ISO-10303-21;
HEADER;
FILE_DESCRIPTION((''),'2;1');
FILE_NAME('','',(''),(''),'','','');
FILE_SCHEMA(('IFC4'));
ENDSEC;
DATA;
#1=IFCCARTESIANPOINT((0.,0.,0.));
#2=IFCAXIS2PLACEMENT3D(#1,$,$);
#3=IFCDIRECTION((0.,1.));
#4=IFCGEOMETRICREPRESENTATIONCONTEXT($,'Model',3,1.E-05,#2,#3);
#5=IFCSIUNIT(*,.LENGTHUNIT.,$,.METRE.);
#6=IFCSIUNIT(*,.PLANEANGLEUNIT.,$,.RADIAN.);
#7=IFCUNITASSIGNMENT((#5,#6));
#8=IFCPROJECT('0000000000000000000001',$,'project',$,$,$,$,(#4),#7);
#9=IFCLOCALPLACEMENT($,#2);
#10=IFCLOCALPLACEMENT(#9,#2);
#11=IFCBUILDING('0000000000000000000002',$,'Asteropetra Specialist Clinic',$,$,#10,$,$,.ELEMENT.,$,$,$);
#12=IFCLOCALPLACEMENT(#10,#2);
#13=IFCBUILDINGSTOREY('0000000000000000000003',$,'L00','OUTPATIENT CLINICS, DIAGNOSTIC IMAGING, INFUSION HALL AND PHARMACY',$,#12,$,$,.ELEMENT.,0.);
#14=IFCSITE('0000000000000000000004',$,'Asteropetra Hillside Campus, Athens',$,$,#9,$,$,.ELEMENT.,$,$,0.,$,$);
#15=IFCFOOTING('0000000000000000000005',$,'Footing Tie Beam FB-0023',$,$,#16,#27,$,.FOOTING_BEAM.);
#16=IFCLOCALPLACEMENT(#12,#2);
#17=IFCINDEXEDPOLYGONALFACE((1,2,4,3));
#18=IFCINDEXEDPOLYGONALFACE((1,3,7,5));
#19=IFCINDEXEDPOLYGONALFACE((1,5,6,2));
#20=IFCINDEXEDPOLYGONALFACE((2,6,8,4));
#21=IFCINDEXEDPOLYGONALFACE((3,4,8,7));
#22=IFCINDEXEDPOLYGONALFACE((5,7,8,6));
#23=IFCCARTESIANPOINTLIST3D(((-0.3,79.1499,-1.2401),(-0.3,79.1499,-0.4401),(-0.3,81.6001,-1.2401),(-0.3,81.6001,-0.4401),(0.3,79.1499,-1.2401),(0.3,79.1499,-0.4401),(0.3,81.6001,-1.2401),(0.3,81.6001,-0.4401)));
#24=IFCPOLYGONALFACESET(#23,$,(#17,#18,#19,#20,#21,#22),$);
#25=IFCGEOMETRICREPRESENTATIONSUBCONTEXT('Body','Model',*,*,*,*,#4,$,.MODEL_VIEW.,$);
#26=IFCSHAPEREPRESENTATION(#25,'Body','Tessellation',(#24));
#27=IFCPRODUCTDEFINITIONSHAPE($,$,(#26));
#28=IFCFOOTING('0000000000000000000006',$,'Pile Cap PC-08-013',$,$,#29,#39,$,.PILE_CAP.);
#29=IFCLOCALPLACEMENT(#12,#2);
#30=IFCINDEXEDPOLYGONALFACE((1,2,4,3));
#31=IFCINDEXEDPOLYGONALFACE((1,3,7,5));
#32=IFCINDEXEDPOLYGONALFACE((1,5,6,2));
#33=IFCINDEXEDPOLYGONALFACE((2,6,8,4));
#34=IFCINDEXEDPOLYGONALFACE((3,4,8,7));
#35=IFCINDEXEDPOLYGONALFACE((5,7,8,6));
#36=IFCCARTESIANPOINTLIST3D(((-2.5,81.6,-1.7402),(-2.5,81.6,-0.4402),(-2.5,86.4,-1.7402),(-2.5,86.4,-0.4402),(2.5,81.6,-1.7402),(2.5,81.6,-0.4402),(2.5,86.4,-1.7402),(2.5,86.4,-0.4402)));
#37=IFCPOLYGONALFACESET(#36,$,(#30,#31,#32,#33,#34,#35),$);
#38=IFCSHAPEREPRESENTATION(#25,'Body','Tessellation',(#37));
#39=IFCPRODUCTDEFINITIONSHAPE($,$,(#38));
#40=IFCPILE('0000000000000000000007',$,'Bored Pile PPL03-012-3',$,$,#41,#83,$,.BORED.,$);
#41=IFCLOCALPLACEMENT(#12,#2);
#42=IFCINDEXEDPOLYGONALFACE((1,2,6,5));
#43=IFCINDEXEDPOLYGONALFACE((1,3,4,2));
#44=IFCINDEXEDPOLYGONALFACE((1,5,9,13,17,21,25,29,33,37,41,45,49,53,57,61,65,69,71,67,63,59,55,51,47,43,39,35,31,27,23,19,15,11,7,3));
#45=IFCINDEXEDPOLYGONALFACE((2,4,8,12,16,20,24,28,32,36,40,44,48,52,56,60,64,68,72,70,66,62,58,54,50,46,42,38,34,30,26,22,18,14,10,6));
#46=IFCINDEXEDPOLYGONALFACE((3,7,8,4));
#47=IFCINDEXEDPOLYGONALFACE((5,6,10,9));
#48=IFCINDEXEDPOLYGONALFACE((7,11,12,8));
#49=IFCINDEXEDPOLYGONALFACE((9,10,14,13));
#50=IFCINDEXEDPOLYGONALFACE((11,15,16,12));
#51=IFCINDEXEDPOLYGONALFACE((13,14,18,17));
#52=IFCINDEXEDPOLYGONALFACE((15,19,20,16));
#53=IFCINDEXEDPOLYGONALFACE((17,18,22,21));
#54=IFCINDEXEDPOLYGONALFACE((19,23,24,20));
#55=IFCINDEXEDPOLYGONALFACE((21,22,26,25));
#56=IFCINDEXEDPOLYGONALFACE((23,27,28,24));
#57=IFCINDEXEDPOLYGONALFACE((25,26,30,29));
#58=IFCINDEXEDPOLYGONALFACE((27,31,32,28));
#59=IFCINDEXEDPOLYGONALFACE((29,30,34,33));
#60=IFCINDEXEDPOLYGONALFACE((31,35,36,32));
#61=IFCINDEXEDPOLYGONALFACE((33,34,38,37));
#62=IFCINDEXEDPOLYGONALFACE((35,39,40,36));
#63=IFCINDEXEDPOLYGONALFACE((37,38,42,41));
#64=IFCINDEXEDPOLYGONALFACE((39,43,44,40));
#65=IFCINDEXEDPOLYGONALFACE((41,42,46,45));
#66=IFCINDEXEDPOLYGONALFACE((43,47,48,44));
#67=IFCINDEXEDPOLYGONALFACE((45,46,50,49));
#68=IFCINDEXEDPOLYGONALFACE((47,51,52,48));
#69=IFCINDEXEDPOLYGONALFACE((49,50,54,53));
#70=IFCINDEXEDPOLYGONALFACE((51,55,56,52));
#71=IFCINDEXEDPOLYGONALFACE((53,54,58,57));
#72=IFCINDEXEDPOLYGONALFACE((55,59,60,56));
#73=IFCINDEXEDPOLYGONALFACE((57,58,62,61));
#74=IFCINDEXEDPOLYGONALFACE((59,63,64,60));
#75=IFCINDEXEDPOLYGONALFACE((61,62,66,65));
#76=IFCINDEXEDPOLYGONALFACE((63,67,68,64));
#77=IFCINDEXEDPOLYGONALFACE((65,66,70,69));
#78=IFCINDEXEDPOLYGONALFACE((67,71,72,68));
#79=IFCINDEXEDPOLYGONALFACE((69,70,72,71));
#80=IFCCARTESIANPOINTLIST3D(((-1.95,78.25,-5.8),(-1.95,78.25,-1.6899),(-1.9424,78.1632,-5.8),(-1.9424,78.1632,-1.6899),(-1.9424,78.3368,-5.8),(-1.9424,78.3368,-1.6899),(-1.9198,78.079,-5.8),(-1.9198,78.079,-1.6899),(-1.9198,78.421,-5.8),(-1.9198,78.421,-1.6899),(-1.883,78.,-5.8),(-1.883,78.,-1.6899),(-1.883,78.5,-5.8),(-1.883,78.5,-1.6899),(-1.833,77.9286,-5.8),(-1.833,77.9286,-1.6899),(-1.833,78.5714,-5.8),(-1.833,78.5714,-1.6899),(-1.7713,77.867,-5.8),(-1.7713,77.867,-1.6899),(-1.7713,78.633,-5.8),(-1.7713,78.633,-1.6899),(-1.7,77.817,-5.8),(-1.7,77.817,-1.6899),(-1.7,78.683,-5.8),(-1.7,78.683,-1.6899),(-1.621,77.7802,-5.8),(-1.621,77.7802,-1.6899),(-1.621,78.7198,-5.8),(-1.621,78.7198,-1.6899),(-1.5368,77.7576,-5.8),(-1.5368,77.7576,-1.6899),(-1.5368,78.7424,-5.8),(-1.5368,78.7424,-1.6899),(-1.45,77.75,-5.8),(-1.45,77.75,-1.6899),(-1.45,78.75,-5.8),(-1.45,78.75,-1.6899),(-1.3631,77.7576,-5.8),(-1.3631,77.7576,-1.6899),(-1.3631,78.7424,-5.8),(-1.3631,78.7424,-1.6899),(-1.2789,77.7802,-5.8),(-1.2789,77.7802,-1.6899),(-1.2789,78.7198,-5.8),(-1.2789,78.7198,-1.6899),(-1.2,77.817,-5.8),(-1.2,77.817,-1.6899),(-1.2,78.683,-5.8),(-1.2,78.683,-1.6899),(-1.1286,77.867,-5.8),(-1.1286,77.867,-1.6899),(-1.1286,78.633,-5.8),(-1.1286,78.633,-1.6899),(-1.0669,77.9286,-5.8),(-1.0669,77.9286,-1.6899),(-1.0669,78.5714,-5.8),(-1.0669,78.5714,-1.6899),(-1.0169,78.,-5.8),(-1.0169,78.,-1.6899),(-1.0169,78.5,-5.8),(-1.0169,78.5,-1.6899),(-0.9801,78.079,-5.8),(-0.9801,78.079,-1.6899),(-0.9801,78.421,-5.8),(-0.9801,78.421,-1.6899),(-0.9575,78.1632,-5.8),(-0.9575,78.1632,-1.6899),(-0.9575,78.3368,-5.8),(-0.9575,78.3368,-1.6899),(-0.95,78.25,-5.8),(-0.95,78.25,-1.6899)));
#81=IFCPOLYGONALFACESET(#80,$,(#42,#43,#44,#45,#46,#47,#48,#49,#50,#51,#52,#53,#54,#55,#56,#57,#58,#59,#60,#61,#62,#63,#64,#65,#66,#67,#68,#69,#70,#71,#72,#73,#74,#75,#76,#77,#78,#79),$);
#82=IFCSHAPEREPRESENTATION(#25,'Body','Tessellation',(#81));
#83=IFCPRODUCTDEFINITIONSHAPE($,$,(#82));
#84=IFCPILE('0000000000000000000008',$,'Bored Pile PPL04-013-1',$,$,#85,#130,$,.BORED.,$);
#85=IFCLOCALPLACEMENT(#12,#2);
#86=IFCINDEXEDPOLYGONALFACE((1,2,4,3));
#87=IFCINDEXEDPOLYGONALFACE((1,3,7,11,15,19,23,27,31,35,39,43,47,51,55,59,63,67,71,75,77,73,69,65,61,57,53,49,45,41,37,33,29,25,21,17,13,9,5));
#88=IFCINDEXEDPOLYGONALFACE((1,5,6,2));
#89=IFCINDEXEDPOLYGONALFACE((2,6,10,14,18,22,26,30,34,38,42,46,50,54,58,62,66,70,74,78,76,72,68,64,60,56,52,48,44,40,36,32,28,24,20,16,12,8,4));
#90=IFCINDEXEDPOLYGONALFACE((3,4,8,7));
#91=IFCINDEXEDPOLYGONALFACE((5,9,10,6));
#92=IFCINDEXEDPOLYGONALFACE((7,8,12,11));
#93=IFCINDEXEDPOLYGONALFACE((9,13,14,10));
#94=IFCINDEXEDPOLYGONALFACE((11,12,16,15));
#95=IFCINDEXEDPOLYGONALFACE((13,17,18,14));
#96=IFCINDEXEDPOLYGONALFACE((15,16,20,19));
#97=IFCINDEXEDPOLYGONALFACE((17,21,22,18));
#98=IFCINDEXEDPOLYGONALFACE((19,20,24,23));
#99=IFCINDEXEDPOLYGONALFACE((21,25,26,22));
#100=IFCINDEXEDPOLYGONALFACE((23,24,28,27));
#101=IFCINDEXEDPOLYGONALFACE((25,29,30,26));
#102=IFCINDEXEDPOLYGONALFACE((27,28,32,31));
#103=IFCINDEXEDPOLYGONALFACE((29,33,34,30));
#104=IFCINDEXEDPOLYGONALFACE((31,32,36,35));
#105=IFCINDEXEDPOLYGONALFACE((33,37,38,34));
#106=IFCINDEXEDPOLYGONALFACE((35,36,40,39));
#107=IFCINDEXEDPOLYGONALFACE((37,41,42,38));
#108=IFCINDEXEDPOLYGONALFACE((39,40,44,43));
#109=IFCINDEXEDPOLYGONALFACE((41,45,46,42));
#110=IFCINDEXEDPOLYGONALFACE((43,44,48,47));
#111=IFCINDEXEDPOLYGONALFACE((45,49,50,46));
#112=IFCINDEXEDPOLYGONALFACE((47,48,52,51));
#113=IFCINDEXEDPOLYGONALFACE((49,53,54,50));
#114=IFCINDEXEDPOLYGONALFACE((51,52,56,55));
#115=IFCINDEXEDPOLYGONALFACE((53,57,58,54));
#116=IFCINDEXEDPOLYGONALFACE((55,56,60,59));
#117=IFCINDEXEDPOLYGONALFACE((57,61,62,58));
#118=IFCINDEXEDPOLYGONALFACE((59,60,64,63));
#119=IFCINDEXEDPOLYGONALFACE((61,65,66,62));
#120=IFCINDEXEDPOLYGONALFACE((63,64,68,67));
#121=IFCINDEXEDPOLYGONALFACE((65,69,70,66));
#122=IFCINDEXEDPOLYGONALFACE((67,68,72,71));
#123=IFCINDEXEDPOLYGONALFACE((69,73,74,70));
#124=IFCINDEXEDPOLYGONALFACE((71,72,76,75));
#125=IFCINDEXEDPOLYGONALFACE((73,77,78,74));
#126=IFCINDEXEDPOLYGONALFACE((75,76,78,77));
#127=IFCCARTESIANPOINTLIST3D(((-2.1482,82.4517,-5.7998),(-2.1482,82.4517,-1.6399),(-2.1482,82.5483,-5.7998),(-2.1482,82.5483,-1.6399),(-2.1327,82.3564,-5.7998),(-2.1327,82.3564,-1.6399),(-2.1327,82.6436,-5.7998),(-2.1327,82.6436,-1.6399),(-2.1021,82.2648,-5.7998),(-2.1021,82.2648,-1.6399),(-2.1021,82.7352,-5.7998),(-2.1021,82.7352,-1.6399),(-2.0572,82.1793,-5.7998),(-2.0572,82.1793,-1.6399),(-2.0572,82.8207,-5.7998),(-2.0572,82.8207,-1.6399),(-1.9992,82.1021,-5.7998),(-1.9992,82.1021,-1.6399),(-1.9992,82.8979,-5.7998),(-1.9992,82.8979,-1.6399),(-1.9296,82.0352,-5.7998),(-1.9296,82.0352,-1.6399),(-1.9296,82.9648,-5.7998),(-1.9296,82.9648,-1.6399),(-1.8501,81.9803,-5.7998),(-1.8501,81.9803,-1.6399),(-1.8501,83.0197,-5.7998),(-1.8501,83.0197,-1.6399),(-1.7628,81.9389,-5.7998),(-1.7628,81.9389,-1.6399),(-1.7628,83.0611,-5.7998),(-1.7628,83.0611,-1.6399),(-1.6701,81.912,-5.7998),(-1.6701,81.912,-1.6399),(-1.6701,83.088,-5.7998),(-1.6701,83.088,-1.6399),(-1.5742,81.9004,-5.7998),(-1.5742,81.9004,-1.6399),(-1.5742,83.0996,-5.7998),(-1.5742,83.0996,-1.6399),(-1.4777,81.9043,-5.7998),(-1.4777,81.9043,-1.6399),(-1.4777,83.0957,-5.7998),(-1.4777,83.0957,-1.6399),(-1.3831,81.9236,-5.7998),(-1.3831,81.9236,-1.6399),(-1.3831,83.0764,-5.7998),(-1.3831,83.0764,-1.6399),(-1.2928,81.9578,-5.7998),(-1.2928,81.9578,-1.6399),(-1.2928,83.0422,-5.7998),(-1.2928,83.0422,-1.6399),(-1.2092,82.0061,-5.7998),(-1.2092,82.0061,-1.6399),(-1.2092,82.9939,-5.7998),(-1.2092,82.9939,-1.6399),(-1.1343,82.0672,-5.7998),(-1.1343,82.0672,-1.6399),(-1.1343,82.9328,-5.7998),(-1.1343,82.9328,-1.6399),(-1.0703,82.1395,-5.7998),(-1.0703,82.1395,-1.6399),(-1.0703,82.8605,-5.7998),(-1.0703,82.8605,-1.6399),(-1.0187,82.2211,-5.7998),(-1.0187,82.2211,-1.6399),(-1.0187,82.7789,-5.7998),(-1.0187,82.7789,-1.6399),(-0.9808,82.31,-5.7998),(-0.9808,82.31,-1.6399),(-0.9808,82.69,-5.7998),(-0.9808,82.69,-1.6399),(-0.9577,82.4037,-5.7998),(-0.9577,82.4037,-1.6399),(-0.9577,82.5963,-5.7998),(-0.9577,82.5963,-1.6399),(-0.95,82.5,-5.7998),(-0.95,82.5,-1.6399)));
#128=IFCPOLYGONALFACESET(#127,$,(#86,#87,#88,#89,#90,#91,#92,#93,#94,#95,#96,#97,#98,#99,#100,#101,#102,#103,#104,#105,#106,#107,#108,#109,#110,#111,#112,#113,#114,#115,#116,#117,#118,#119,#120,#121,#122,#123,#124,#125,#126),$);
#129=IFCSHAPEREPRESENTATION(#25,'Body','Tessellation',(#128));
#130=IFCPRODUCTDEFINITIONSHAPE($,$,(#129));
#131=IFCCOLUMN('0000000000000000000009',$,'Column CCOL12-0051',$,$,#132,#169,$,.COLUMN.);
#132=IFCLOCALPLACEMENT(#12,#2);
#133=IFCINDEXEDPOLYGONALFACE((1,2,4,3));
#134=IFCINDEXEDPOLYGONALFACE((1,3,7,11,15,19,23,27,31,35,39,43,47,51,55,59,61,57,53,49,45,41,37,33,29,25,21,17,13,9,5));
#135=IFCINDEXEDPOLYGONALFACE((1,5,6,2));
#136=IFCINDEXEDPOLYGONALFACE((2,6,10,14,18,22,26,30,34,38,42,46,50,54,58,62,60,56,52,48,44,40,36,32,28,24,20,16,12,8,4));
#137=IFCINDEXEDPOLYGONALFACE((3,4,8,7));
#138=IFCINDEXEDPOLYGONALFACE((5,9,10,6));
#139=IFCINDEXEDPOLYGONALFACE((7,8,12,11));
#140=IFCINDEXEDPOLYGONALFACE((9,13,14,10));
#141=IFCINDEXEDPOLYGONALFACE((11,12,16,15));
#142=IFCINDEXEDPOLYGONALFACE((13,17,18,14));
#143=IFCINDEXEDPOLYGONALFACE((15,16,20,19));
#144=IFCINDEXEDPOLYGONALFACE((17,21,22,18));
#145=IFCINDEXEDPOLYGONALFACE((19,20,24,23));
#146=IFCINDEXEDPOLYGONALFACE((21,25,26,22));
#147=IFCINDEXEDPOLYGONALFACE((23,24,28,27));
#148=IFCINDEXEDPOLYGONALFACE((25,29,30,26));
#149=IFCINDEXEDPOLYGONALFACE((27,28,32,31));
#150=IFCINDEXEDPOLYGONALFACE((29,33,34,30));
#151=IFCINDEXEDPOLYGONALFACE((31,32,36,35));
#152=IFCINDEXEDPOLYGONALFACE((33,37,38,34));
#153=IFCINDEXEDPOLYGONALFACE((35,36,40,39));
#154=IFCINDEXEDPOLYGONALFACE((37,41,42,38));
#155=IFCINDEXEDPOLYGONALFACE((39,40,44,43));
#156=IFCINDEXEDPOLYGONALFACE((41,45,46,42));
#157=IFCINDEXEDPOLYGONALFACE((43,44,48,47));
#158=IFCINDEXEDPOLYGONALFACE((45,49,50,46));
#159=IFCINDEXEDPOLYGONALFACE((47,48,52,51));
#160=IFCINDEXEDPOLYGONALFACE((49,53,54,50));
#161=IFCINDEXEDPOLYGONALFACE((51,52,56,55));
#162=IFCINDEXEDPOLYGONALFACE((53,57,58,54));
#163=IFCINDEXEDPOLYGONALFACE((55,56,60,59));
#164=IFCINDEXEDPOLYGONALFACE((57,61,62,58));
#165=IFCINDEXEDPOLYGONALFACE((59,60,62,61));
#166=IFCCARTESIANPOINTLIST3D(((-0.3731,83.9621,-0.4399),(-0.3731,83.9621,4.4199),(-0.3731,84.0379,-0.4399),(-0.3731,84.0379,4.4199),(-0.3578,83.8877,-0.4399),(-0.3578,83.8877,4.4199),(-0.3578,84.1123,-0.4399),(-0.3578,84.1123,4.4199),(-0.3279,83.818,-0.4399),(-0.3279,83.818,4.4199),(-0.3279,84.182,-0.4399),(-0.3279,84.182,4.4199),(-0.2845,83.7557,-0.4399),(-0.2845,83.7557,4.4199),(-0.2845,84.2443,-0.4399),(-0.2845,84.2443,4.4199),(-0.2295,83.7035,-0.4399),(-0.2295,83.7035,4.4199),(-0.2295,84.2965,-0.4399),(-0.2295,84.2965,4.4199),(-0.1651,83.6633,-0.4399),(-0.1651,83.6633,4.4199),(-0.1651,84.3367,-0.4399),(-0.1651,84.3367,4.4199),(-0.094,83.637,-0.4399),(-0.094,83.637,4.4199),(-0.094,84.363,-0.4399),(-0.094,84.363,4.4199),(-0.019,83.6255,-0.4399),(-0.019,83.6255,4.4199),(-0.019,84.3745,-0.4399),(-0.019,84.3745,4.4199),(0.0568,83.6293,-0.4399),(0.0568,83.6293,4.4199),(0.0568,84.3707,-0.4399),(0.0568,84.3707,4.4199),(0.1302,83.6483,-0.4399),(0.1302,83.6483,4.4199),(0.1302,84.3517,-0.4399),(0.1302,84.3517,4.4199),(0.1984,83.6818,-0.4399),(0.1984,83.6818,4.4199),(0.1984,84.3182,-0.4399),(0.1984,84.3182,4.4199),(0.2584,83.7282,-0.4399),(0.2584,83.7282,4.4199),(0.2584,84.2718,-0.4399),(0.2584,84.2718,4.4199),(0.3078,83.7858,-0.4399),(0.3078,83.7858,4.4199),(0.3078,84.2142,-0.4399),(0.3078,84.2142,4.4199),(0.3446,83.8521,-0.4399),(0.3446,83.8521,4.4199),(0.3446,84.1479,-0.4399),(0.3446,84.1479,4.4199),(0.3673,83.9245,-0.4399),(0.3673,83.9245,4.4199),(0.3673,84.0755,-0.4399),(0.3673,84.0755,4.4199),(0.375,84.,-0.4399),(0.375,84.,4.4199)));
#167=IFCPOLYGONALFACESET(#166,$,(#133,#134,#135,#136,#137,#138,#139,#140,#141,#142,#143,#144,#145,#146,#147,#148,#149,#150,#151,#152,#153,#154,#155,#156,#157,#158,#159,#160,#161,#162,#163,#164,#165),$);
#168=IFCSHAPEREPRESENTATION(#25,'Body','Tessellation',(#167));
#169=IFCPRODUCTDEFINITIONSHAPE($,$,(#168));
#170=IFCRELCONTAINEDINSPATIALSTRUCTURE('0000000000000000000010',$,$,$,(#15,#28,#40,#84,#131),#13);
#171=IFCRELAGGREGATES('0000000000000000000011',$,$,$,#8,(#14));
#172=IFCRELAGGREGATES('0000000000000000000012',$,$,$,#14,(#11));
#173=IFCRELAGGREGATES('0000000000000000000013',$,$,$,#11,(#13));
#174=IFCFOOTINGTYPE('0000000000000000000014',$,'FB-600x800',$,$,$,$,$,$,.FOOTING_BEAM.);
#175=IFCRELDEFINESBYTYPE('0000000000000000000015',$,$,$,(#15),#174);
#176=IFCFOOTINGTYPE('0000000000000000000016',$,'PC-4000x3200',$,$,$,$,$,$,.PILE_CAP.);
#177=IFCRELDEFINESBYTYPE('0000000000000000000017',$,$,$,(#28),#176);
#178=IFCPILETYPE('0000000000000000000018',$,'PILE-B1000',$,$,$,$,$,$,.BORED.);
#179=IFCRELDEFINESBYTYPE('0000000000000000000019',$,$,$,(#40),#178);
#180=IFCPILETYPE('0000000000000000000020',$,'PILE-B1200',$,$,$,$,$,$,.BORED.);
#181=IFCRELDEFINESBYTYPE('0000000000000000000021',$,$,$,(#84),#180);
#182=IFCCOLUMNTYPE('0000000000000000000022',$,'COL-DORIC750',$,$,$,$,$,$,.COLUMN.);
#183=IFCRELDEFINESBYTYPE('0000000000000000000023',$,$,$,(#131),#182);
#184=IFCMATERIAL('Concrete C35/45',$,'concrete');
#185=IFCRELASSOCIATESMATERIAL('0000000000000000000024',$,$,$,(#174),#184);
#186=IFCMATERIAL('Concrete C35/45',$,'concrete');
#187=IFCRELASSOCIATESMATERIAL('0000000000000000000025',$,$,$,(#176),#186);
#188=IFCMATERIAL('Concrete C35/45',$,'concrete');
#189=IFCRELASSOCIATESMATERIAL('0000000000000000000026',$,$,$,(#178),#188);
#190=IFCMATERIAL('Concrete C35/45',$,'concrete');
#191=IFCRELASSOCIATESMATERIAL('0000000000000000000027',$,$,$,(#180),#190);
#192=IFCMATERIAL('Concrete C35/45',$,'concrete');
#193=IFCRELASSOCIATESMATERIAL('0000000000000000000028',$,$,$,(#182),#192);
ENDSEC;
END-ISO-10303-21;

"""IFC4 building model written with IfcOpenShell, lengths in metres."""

from ifc_helpers import new_model, si_unit, direction, frame, origin, origin_2d, place, context, subcontext, project, spatial, rectangle, circle, extrude, material, material_profile, profile_set, type_object, element, save


model = new_model("IFC4")

# Units and contexts
model_context = context("Model", 3, precision=1e-05, world=origin(), true_north=direction((0.0, 1.0)))
body_context = subcontext(model_context, "Body", "Model", "MODEL_VIEW")
ifc_project = project(units=[si_unit("LENGTHUNIT", "METRE"), si_unit("PLANEANGLEUNIT", "RADIAN")], contexts=[model_context])

# Site, building, storey
site_placement = place(None, origin())
site = spatial("IfcSite", under=ifc_project, at=site_placement, Name="Asteropetra Hillside Campus, Athens", CompositionType="ELEMENT", RefElevation=0.0)
building_placement = place(site_placement, origin())
building = spatial("IfcBuilding", under=site, at=building_placement, Name="Asteropetra Specialist Clinic", CompositionType="ELEMENT")
storey_placement = place(building_placement, origin())
storey = spatial("IfcBuildingStorey", under=building, at=storey_placement, Name="L00", Description="OUTPATIENT CLINICS, DIAGNOSTIC IMAGING, INFUSION HALL AND PHARMACY", CompositionType="ELEMENT", Elevation=0.0)

# Footings
ifc_material_1 = material(Name="Concrete C35/45", Category="concrete")
ifc_material_profile_1 = material_profile(ifc_material_1, rectangle(XDim=0.6001, YDim=0.8, at=origin_2d()), Name="FB 600x800")
ifc_profile_set_1 = profile_set([ifc_material_profile_1], Name="Concrete C35/45")
footing_type_1 = type_object("IfcFootingType", Name="FB-600x800", PredefinedType="FOOTING_BEAM", material=ifc_profile_set_1)
footing_1_placement = place(storey_placement, frame((0.0, 79.1499, -0.8401), z_axis=(0.0, 1.0, 0.0), x_axis=(-1.0, 0.0, 0.0)))
element("IfcFooting", 1, at=footing_1_placement, inside=storey, type_object=footing_type_1, Name="Footing Tie Beam FB-0023", PredefinedType="FOOTING_BEAM", context=body_context, shape_type="SweptSolid", body=[
    extrude(rectangle(XDim=0.6001, YDim=0.8, at=origin_2d()), origin(), (0.0, 0.0, 1.0), 2.4502),
])
ifc_material_2 = material(Name="Concrete C35/45", Category="concrete")
footing_type_2 = type_object("IfcFootingType", Name="PC-4000x3200", PredefinedType="PILE_CAP", material=ifc_material_2)
footing_2_placement = place(storey_placement, frame((0.0, 84.0, -1.7402), z_axis=(0.0, 0.0, 1.0), x_axis=(1.0, 0.0, 0.0)))
element("IfcFooting", 2, at=footing_2_placement, inside=storey, type_object=footing_type_2, Name="Pile Cap PC-08-013", PredefinedType="PILE_CAP", context=body_context, shape_type="SweptSolid", body=[
    extrude(rectangle(XDim=5.0, YDim=4.8, at=origin_2d()), origin(), (0.0, 0.0, 1.0), 1.3),
])

# Piles
ifc_material_3 = material(Name="Concrete C35/45", Category="concrete")
ifc_material_profile_2 = material_profile(ifc_material_3, circle(Radius=0.5, at=origin_2d()), Name="PILE D1000")
ifc_profile_set_2 = profile_set([ifc_material_profile_2], Name="Concrete C35/45")
pile_type_1 = type_object("IfcPileType", Name="PILE-B1000", PredefinedType="BORED", material=ifc_profile_set_2)
pile_1_placement = place(storey_placement, frame((-1.45, 78.25, -1.6899), z_axis=(0.0, 0.0, -1.0), x_axis=(1.0, 0.0, 0.0)))
element("IfcPile", 3, at=pile_1_placement, inside=storey, type_object=pile_type_1, Name="Bored Pile PPL03-012-3", PredefinedType="BORED", context=body_context, shape_type="SweptSolid", body=[
    extrude(circle(Radius=0.5, at=origin_2d()), origin(), (0.0, 0.0, 1.0), 4.1101),
])
ifc_material_4 = material(Name="Concrete C35/45", Category="concrete")
ifc_material_profile_3 = material_profile(ifc_material_4, circle(Radius=0.6001, at=origin_2d()), Name="PILE D1200")
ifc_profile_set_3 = profile_set([ifc_material_profile_3], Name="Concrete C35/45")
pile_type_2 = type_object("IfcPileType", Name="PILE-B1200", PredefinedType="BORED", material=ifc_profile_set_3)
pile_2_placement = place(storey_placement, frame((-1.55, 82.5, -1.6399), z_axis=(0.0, 0.0, -1.0), x_axis=(1.0, 0.0, 0.0)))
element("IfcPile", 4, at=pile_2_placement, inside=storey, type_object=pile_type_2, Name="Bored Pile PPL04-013-1", PredefinedType="BORED", context=body_context, shape_type="SweptSolid", body=[
    extrude(circle(Radius=0.6001, at=origin_2d()), origin(), (0.0, 0.0, 1.0), 4.1599),
])

# Column
ifc_material_5 = material(Name="Concrete C35/45", Category="concrete")
ifc_material_profile_4 = material_profile(ifc_material_5, circle(Radius=0.375, at=origin_2d()), Name="RCC D750")
ifc_profile_set_4 = profile_set([ifc_material_profile_4], Name="Concrete C35/45")
column_type = type_object("IfcColumnType", Name="COL-DORIC750", PredefinedType="COLUMN", material=ifc_profile_set_4)
column_placement = place(storey_placement, frame((0.0, 84.0, -0.4399), z_axis=(0.0, 0.0, 1.0), x_axis=(1.0, 0.0, 0.0)))
element("IfcColumn", 5, at=column_placement, inside=storey, type_object=column_type, Name="Column CCOL12-0051", PredefinedType="COLUMN", context=body_context, shape_type="SweptSolid", body=[
    extrude(circle(Radius=0.375, at=origin_2d()), origin(), (0.0, 0.0, 1.0), 4.8599),
])

save(model, "model.ifc")
